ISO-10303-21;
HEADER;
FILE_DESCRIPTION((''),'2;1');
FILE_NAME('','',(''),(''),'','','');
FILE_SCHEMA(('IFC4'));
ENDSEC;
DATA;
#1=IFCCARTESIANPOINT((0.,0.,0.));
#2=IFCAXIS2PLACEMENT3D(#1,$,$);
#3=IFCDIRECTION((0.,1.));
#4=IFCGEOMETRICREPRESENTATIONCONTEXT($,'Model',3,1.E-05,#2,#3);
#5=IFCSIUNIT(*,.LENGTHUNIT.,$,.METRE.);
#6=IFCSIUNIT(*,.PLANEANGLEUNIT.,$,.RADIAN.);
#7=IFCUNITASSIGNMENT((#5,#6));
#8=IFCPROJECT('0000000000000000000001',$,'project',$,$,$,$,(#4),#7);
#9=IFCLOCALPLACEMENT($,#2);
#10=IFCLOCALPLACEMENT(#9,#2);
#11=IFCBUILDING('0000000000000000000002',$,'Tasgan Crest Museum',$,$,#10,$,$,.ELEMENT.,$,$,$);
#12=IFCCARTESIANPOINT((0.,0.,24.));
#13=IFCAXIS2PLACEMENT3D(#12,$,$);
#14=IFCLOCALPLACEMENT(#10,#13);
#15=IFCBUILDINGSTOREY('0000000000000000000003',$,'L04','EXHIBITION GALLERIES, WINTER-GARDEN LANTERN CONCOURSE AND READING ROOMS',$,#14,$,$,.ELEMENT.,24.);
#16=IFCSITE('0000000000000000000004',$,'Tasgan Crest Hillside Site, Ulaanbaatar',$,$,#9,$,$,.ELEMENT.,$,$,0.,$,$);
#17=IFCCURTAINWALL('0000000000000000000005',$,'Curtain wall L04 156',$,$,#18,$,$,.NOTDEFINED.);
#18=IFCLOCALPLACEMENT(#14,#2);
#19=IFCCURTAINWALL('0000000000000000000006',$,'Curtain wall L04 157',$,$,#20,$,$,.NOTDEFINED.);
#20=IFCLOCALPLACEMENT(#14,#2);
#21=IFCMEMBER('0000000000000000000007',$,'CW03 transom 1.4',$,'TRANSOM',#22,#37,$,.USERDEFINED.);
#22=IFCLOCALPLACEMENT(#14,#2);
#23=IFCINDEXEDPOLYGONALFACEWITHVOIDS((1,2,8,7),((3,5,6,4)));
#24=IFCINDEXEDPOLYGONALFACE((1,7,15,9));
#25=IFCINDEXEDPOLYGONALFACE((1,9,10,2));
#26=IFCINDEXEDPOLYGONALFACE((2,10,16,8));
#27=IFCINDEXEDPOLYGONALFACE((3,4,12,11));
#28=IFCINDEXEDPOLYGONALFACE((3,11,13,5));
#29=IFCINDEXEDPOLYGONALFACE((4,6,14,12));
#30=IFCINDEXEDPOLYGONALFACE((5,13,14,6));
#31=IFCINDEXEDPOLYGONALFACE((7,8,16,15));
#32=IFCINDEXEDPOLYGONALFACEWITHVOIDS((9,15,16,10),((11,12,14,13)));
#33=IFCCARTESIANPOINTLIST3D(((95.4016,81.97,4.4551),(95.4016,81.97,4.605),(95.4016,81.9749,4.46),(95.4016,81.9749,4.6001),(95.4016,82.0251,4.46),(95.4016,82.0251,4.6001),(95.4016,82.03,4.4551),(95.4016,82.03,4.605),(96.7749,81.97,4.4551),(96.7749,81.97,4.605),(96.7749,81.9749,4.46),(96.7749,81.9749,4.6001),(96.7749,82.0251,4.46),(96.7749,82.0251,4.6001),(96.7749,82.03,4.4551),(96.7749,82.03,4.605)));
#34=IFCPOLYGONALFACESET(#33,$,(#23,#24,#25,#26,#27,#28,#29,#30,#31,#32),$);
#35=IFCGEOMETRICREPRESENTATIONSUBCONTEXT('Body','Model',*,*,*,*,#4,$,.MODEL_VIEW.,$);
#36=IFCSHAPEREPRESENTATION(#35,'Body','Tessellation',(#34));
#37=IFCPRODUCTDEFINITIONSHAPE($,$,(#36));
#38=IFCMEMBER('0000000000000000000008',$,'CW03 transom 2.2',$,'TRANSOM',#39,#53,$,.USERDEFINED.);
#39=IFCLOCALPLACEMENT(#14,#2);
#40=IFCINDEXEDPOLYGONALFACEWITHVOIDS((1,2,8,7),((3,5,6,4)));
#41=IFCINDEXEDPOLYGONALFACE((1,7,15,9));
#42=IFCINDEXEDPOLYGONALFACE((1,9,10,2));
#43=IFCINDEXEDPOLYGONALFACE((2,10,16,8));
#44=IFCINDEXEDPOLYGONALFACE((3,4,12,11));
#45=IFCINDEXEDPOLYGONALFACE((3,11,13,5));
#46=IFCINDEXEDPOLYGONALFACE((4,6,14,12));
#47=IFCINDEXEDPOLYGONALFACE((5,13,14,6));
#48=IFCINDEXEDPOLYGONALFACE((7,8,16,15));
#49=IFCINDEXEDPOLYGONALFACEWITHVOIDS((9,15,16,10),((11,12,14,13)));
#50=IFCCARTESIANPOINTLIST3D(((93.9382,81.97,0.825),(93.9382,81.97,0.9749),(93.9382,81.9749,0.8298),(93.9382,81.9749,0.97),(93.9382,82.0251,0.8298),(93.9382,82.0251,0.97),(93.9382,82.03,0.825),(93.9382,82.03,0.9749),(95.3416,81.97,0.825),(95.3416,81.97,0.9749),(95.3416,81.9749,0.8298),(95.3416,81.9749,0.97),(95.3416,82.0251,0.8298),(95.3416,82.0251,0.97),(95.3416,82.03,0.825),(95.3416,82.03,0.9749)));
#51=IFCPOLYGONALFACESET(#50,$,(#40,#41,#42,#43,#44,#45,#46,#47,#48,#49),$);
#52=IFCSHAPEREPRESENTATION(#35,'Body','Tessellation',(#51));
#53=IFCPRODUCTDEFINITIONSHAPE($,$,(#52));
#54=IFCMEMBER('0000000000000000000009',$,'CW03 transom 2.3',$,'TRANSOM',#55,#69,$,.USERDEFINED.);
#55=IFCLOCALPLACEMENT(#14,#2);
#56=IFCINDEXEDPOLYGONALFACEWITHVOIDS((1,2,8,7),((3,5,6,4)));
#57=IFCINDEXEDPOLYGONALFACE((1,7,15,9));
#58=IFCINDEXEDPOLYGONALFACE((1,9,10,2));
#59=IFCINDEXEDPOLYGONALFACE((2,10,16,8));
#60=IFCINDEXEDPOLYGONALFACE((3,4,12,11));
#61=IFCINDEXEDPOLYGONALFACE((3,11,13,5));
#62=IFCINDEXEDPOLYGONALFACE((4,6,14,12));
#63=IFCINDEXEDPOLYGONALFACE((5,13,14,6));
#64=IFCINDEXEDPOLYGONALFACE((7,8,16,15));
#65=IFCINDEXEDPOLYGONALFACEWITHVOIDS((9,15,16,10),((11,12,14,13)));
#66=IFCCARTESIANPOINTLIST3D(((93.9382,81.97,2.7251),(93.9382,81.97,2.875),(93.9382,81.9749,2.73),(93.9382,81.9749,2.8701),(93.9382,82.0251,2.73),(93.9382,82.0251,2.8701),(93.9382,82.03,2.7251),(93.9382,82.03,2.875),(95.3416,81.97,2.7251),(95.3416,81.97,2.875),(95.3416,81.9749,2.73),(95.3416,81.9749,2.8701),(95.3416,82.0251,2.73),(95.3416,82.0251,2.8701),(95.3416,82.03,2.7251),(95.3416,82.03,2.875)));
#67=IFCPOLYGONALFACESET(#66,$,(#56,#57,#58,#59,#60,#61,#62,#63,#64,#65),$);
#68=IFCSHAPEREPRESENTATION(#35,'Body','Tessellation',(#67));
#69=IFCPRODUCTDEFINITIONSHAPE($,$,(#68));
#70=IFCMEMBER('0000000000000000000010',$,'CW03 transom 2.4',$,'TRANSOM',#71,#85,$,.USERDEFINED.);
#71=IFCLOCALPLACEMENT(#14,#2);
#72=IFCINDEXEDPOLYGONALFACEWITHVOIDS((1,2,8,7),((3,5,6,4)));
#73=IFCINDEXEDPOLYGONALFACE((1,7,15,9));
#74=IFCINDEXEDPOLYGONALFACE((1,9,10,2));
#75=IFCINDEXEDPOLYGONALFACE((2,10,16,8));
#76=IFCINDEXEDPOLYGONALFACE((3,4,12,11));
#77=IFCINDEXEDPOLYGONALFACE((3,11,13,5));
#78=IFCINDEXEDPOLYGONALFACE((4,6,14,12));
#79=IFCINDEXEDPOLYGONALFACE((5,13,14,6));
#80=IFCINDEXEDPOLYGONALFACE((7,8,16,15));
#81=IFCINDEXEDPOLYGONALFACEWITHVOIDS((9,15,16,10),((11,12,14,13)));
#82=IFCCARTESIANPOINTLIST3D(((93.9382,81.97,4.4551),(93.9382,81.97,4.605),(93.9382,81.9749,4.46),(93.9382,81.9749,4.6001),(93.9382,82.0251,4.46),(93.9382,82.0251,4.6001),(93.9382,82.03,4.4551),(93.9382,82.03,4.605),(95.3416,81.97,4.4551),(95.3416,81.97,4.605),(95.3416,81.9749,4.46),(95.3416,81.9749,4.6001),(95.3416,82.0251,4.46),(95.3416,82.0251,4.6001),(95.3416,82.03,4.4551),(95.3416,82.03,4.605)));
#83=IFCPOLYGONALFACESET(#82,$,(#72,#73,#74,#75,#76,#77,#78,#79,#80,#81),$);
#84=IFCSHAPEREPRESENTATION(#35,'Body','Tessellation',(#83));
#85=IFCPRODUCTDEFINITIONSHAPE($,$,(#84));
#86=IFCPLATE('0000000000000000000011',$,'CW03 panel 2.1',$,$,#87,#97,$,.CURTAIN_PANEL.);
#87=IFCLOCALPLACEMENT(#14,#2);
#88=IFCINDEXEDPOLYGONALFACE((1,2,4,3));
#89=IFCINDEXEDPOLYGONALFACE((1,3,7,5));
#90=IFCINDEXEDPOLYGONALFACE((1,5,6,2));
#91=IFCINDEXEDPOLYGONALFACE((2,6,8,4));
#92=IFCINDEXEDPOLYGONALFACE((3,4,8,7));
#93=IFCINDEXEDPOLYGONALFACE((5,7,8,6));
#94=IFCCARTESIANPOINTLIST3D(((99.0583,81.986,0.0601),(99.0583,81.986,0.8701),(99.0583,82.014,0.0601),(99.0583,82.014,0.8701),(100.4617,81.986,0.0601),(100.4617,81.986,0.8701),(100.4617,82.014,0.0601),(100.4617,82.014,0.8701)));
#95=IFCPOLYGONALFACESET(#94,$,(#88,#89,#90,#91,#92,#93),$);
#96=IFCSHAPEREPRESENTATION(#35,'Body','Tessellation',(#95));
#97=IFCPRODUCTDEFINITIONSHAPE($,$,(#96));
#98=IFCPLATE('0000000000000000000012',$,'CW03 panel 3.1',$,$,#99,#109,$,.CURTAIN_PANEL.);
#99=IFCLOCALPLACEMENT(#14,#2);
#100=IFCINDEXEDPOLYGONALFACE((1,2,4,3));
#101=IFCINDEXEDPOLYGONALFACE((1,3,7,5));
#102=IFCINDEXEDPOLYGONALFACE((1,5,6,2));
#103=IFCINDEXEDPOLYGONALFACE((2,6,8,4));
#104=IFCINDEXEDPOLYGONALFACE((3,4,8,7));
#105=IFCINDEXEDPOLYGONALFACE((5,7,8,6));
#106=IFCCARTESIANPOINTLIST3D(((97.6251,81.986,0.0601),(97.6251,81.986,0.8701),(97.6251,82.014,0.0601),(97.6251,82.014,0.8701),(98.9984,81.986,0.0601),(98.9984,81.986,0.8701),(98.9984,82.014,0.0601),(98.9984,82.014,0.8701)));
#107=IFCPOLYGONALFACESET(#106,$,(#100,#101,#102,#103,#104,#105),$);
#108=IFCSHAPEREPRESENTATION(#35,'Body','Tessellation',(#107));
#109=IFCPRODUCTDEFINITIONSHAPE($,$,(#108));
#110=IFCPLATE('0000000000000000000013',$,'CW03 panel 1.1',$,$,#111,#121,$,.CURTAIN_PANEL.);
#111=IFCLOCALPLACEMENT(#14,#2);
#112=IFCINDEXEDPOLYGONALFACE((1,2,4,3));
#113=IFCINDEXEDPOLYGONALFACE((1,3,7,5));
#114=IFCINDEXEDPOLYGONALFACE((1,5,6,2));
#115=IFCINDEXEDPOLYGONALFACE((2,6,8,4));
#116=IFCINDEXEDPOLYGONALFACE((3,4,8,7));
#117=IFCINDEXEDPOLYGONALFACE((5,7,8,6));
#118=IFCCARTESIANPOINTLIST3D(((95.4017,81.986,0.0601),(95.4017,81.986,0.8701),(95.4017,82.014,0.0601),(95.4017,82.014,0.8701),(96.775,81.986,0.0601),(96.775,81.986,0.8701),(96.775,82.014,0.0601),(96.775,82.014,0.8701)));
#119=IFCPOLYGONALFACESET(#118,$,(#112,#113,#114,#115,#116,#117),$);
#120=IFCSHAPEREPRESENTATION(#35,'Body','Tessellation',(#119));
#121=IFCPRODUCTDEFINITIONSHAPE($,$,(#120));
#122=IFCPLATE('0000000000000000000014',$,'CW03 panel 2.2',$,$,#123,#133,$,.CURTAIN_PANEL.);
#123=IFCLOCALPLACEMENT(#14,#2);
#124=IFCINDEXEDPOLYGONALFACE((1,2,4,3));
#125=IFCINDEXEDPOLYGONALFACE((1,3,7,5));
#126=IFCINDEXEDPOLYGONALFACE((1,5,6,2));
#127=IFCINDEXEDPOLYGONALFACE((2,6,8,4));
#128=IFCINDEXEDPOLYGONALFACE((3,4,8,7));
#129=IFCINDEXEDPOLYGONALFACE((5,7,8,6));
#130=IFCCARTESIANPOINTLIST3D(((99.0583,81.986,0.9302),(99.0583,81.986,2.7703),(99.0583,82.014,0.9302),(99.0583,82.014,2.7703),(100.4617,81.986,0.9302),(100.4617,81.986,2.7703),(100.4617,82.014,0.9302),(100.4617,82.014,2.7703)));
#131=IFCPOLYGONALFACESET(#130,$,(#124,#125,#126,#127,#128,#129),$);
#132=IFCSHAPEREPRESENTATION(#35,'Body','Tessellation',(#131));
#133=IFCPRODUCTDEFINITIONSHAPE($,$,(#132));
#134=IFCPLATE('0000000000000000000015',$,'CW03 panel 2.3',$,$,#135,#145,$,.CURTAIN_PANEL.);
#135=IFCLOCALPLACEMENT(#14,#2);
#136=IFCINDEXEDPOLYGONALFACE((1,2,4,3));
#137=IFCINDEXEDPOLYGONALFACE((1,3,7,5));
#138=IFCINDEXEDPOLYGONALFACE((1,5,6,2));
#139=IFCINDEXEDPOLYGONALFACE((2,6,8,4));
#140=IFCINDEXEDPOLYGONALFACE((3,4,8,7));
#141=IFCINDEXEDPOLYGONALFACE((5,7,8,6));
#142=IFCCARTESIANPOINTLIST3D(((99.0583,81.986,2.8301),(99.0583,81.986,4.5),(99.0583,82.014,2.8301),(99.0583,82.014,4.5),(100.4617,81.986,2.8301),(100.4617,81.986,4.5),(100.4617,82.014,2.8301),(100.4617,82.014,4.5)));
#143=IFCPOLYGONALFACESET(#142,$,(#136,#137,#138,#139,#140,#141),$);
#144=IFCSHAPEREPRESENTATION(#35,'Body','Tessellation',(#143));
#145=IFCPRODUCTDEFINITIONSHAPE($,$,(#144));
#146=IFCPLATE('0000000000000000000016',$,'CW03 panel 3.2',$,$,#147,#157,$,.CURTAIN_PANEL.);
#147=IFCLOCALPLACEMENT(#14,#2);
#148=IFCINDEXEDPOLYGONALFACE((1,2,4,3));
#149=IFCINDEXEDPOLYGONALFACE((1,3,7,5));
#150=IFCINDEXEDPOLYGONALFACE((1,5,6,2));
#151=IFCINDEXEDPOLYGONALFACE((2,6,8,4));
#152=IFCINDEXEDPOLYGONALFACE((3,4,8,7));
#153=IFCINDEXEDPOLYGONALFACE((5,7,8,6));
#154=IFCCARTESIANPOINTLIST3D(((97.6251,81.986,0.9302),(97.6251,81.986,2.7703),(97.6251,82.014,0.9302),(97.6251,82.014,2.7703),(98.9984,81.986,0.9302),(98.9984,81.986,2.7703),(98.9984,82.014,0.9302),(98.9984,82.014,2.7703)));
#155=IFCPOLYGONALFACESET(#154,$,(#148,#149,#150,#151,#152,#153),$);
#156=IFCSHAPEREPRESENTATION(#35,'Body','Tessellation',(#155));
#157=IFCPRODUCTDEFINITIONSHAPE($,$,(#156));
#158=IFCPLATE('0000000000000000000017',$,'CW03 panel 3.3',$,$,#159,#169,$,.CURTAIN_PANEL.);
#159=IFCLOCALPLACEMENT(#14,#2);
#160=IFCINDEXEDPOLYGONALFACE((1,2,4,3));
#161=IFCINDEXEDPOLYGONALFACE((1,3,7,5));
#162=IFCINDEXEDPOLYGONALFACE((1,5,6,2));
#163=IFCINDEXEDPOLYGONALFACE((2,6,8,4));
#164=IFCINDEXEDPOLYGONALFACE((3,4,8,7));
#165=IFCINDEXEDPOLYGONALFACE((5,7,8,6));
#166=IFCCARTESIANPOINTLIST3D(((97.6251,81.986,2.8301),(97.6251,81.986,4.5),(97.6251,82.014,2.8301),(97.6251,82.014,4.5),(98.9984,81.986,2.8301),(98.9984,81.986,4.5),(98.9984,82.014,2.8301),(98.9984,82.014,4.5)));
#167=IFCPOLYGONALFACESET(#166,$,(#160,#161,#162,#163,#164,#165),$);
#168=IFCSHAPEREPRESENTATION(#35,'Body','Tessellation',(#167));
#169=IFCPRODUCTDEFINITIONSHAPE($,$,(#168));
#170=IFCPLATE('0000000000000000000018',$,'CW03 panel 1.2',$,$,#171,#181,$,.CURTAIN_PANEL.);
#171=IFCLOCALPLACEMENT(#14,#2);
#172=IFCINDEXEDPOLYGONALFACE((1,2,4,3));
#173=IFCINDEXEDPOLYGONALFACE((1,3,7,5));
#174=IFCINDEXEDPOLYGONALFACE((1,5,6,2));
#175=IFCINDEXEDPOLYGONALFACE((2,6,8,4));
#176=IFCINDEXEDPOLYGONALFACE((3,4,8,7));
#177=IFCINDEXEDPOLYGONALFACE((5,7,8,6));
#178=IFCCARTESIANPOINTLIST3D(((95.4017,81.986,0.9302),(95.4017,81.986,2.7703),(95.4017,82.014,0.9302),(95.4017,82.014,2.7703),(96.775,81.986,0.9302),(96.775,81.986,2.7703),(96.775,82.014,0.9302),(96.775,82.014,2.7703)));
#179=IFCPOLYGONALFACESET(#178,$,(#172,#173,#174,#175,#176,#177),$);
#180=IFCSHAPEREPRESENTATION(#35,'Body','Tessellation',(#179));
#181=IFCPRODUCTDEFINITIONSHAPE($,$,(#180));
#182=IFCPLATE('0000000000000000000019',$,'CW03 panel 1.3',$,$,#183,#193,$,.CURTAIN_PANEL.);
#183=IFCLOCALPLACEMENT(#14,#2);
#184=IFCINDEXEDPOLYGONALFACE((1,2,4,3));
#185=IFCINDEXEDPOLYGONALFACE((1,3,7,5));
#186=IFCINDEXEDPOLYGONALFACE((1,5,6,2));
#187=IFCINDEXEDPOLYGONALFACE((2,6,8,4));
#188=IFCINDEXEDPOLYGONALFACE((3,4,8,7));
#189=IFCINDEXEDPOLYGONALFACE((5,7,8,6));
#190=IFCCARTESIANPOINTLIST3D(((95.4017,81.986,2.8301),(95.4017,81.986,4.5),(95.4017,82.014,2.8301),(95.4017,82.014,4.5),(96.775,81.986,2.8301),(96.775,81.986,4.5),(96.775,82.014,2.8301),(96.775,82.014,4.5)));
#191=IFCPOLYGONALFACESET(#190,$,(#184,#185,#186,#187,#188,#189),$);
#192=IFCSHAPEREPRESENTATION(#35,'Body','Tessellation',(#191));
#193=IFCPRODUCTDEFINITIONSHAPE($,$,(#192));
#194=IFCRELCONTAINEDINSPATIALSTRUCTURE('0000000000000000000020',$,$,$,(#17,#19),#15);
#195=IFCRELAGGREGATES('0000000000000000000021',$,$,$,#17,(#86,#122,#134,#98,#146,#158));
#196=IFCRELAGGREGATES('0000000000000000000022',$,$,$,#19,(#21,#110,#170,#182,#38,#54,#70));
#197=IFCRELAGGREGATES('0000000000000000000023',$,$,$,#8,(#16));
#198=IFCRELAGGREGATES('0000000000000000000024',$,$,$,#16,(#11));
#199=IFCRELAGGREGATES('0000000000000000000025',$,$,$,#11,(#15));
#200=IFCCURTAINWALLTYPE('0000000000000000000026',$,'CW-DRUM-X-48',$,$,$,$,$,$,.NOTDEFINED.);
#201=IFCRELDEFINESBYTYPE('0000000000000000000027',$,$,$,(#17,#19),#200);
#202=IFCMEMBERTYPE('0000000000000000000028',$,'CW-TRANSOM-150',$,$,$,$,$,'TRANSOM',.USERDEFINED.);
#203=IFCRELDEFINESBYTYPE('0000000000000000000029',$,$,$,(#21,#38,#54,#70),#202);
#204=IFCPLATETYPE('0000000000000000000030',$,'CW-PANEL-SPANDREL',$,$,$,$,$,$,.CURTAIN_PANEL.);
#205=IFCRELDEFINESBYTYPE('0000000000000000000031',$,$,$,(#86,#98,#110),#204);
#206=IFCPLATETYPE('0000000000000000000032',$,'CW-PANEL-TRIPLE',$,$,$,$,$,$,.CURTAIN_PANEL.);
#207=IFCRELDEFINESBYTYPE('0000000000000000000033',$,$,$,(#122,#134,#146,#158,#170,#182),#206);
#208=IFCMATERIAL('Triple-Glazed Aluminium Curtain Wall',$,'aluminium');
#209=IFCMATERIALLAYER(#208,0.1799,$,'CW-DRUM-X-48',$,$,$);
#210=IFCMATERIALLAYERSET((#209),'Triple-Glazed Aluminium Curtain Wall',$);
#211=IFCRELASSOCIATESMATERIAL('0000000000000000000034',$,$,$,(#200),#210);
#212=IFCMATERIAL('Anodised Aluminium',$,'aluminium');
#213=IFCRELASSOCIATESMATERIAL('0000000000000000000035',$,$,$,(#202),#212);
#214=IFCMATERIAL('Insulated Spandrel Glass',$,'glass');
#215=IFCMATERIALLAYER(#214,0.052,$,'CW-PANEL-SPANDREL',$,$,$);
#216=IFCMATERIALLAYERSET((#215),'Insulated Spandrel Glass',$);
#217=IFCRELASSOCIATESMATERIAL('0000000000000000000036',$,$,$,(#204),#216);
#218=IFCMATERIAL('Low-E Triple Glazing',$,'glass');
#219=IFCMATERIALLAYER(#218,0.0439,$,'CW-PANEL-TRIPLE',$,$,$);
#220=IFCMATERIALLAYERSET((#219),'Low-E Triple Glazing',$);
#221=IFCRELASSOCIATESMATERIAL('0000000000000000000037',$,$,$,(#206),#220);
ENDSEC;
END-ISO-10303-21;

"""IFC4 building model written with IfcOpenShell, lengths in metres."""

from ifc_helpers import new_model, si_unit, direction, frame, origin, origin_2d, place, context, subcontext, project, spatial, rectangle, hollow_rectangle, extrude, material, layer, layer_set, material_profile, profile_set, type_object, element, aggregate, save


model = new_model("IFC4")

# Units and contexts
model_context = context("Model", 3, precision=1e-05, world=origin(), true_north=direction((0.0, 1.0)))
body_context = subcontext(model_context, "Body", "Model", "MODEL_VIEW")
ifc_project = project(units=[si_unit("LENGTHUNIT", "METRE"), si_unit("PLANEANGLEUNIT", "RADIAN")], contexts=[model_context])

# Site, building, storey
site_placement = place(None, origin())
site = spatial("IfcSite", under=ifc_project, at=site_placement, Name="Tasgan Crest Hillside Site, Ulaanbaatar", CompositionType="ELEMENT", RefElevation=0.0)
building_placement = place(site_placement, origin())
building = spatial("IfcBuilding", under=site, at=building_placement, Name="Tasgan Crest Museum", CompositionType="ELEMENT")
storey_placement = place(building_placement, frame((0.0, 0.0, 24.0)))
storey = spatial("IfcBuildingStorey", under=building, at=storey_placement, Name="L04", Description="EXHIBITION GALLERIES, WINTER-GARDEN LANTERN CONCOURSE AND READING ROOMS", CompositionType="ELEMENT", Elevation=24.0)

# Curtain walls
ifc_material_1 = material(Name="Triple-Glazed Aluminium Curtain Wall", Category="aluminium")
ifc_layer_1 = layer(ifc_material_1, 0.1799, Name="CW-DRUM-X-48")
ifc_layer_set_1 = layer_set([ifc_layer_1], Name="Triple-Glazed Aluminium Curtain Wall")
curtain_wall_type = type_object("IfcCurtainWallType", Name="CW-DRUM-X-48", PredefinedType="NOTDEFINED", material=ifc_layer_set_1)
curtain_wall_1_placement = place(storey_placement, origin())
curtain_wall_1 = element("IfcCurtainWall", 1, at=curtain_wall_1_placement, inside=storey, type_object=curtain_wall_type, Name="Curtain wall L04 156", PredefinedType="NOTDEFINED")
curtain_wall_2_placement = place(storey_placement, origin())
curtain_wall_2 = element("IfcCurtainWall", 2, at=curtain_wall_2_placement, inside=storey, type_object=curtain_wall_type, Name="Curtain wall L04 157", PredefinedType="NOTDEFINED")

# Members
ifc_material_2 = material(Name="Anodised Aluminium", Category="aluminium")
ifc_material_profile_1 = material_profile(ifc_material_2, hollow_rectangle(XDim=0.0601, YDim=0.1499, WallThickness=0.0049, at=origin_2d()), Name="ALU TRANSOM 150x60x5")
ifc_profile_set_1 = profile_set([ifc_material_profile_1], Name="Anodised Aluminium")
member_type_1 = type_object("IfcMemberType", Name="CW-TRANSOM-150", ElementType="TRANSOM", PredefinedType="USERDEFINED", material=ifc_profile_set_1)
member_1_placement = place(storey_placement, frame((96.7749, 82.0, 4.53), z_axis=(-1.0, 0.0, 0.0), x_axis=(0.0, -1.0, 0.0)))
member_1 = element("IfcMember", 3, at=member_1_placement, type_object=member_type_1, Name="CW03 transom 1.4", ObjectType="TRANSOM", PredefinedType="USERDEFINED", context=body_context, shape_type="SweptSolid", body=[
    extrude(hollow_rectangle(XDim=0.0601, YDim=0.1499, WallThickness=0.0049, at=origin_2d()), origin(), (0.0, 0.0, 1.0), 1.3733),
])
member_2_placement = place(storey_placement, frame((95.3416, 82.0, 0.8999), z_axis=(-1.0, 0.0, 0.0), x_axis=(0.0, -1.0, 0.0)))
member_2 = element("IfcMember", 4, at=member_2_placement, type_object=member_type_1, Name="CW03 transom 2.2", ObjectType="TRANSOM", PredefinedType="USERDEFINED", context=body_context, shape_type="SweptSolid", body=[
    extrude(hollow_rectangle(XDim=0.0601, YDim=0.1499, WallThickness=0.0049, at=origin_2d()), origin(), (0.0, 0.0, 1.0), 1.4033),
])
member_3_placement = place(storey_placement, frame((95.3416, 82.0, 2.8), z_axis=(-1.0, 0.0, 0.0), x_axis=(0.0, -1.0, 0.0)))
member_3 = element("IfcMember", 5, at=member_3_placement, type_object=member_type_1, Name="CW03 transom 2.3", ObjectType="TRANSOM", PredefinedType="USERDEFINED", context=body_context, shape_type="SweptSolid", body=[
    extrude(hollow_rectangle(XDim=0.0601, YDim=0.1499, WallThickness=0.0049, at=origin_2d()), origin(), (0.0, 0.0, 1.0), 1.4033),
])
member_4_placement = place(storey_placement, frame((95.3416, 82.0, 4.53), z_axis=(-1.0, 0.0, 0.0), x_axis=(0.0, -1.0, 0.0)))
member_4 = element("IfcMember", 6, at=member_4_placement, type_object=member_type_1, Name="CW03 transom 2.4", ObjectType="TRANSOM", PredefinedType="USERDEFINED", context=body_context, shape_type="SweptSolid", body=[
    extrude(hollow_rectangle(XDim=0.0601, YDim=0.1499, WallThickness=0.0049, at=origin_2d()), origin(), (0.0, 0.0, 1.0), 1.4033),
])

# Plates
ifc_material_3 = material(Name="Insulated Spandrel Glass", Category="glass")
ifc_layer_2 = layer(ifc_material_3, 0.052, Name="CW-PANEL-SPANDREL")
ifc_layer_set_2 = layer_set([ifc_layer_2], Name="Insulated Spandrel Glass")
plate_type_1 = type_object("IfcPlateType", Name="CW-PANEL-SPANDREL", PredefinedType="CURTAIN_PANEL", material=ifc_layer_set_2)
plate_1_placement = place(storey_placement, frame((99.76, 82.0, 0.0601), z_axis=(0.0, 0.0, 1.0), x_axis=(-1.0, 0.0, 0.0)))
plate_1 = element("IfcPlate", 7, at=plate_1_placement, type_object=plate_type_1, Name="CW03 panel 2.1", PredefinedType="CURTAIN_PANEL", context=body_context, shape_type="SweptSolid", body=[
    extrude(rectangle(XDim=1.4033, YDim=0.0281, at=origin_2d()), origin(), (0.0, 0.0, 1.0), 0.8101),
])
plate_2_placement = place(storey_placement, frame((98.3118, 82.0, 0.0601), z_axis=(0.0, 0.0, 1.0), x_axis=(-1.0, 0.0, 0.0)))
plate_2 = element("IfcPlate", 8, at=plate_2_placement, type_object=plate_type_1, Name="CW03 panel 3.1", PredefinedType="CURTAIN_PANEL", context=body_context, shape_type="SweptSolid", body=[
    extrude(rectangle(XDim=1.3733, YDim=0.0281, at=origin_2d()), origin(), (0.0, 0.0, 1.0), 0.8101),
])
plate_3_placement = place(storey_placement, frame((96.0884, 82.0, 0.0601), z_axis=(0.0, 0.0, 1.0), x_axis=(-1.0, 0.0, 0.0)))
plate_3 = element("IfcPlate", 9, at=plate_3_placement, type_object=plate_type_1, Name="CW03 panel 1.1", PredefinedType="CURTAIN_PANEL", context=body_context, shape_type="SweptSolid", body=[
    extrude(rectangle(XDim=1.3733, YDim=0.0281, at=origin_2d()), origin(), (0.0, 0.0, 1.0), 0.8101),
])
ifc_material_4 = material(Name="Low-E Triple Glazing", Category="glass")
ifc_layer_3 = layer(ifc_material_4, 0.0439, Name="CW-PANEL-TRIPLE")
ifc_layer_set_3 = layer_set([ifc_layer_3], Name="Low-E Triple Glazing")
plate_type_2 = type_object("IfcPlateType", Name="CW-PANEL-TRIPLE", PredefinedType="CURTAIN_PANEL", material=ifc_layer_set_3)
plate_4_placement = place(storey_placement, frame((99.76, 82.0, 0.9302), z_axis=(0.0, 0.0, 1.0), x_axis=(-1.0, 0.0, 0.0)))
plate_4 = element("IfcPlate", 10, at=plate_4_placement, type_object=plate_type_2, Name="CW03 panel 2.2", PredefinedType="CURTAIN_PANEL", context=body_context, shape_type="SweptSolid", body=[
    extrude(rectangle(XDim=1.4033, YDim=0.0281, at=origin_2d()), origin(), (0.0, 0.0, 1.0), 1.8401),
])
plate_5_placement = place(storey_placement, frame((99.76, 82.0, 2.8301), z_axis=(0.0, 0.0, 1.0), x_axis=(-1.0, 0.0, 0.0)))
plate_5 = element("IfcPlate", 11, at=plate_5_placement, type_object=plate_type_2, Name="CW03 panel 2.3", PredefinedType="CURTAIN_PANEL", context=body_context, shape_type="SweptSolid", body=[
    extrude(rectangle(XDim=1.4033, YDim=0.0281, at=origin_2d()), origin(), (0.0, 0.0, 1.0), 1.6699),
])
plate_6_placement = place(storey_placement, frame((98.3118, 82.0, 0.9302), z_axis=(0.0, 0.0, 1.0), x_axis=(-1.0, 0.0, 0.0)))
plate_6 = element("IfcPlate", 12, at=plate_6_placement, type_object=plate_type_2, Name="CW03 panel 3.2", PredefinedType="CURTAIN_PANEL", context=body_context, shape_type="SweptSolid", body=[
    extrude(rectangle(XDim=1.3733, YDim=0.0281, at=origin_2d()), origin(), (0.0, 0.0, 1.0), 1.8401),
])
plate_7_placement = place(storey_placement, frame((98.3118, 82.0, 2.8301), z_axis=(0.0, 0.0, 1.0), x_axis=(-1.0, 0.0, 0.0)))
plate_7 = element("IfcPlate", 13, at=plate_7_placement, type_object=plate_type_2, Name="CW03 panel 3.3", PredefinedType="CURTAIN_PANEL", context=body_context, shape_type="SweptSolid", body=[
    extrude(rectangle(XDim=1.3733, YDim=0.0281, at=origin_2d()), origin(), (0.0, 0.0, 1.0), 1.6699),
])
aggregate(curtain_wall_1, [plate_1, plate_4, plate_5, plate_2, plate_6, plate_7])
plate_8_placement = place(storey_placement, frame((96.0884, 82.0, 0.9302), z_axis=(0.0, 0.0, 1.0), x_axis=(-1.0, 0.0, 0.0)))
plate_8 = element("IfcPlate", 14, at=plate_8_placement, type_object=plate_type_2, Name="CW03 panel 1.2", PredefinedType="CURTAIN_PANEL", context=body_context, shape_type="SweptSolid", body=[
    extrude(rectangle(XDim=1.3733, YDim=0.0281, at=origin_2d()), origin(), (0.0, 0.0, 1.0), 1.8401),
])
plate_9_placement = place(storey_placement, frame((96.0884, 82.0, 2.8301), z_axis=(0.0, 0.0, 1.0), x_axis=(-1.0, 0.0, 0.0)))
plate_9 = element("IfcPlate", 15, at=plate_9_placement, type_object=plate_type_2, Name="CW03 panel 1.3", PredefinedType="CURTAIN_PANEL", context=body_context, shape_type="SweptSolid", body=[
    extrude(rectangle(XDim=1.3733, YDim=0.0281, at=origin_2d()), origin(), (0.0, 0.0, 1.0), 1.6699),
])
aggregate(curtain_wall_2, [member_1, plate_3, plate_8, plate_9, member_2, member_3, member_4])

save(model, "model.ifc")
